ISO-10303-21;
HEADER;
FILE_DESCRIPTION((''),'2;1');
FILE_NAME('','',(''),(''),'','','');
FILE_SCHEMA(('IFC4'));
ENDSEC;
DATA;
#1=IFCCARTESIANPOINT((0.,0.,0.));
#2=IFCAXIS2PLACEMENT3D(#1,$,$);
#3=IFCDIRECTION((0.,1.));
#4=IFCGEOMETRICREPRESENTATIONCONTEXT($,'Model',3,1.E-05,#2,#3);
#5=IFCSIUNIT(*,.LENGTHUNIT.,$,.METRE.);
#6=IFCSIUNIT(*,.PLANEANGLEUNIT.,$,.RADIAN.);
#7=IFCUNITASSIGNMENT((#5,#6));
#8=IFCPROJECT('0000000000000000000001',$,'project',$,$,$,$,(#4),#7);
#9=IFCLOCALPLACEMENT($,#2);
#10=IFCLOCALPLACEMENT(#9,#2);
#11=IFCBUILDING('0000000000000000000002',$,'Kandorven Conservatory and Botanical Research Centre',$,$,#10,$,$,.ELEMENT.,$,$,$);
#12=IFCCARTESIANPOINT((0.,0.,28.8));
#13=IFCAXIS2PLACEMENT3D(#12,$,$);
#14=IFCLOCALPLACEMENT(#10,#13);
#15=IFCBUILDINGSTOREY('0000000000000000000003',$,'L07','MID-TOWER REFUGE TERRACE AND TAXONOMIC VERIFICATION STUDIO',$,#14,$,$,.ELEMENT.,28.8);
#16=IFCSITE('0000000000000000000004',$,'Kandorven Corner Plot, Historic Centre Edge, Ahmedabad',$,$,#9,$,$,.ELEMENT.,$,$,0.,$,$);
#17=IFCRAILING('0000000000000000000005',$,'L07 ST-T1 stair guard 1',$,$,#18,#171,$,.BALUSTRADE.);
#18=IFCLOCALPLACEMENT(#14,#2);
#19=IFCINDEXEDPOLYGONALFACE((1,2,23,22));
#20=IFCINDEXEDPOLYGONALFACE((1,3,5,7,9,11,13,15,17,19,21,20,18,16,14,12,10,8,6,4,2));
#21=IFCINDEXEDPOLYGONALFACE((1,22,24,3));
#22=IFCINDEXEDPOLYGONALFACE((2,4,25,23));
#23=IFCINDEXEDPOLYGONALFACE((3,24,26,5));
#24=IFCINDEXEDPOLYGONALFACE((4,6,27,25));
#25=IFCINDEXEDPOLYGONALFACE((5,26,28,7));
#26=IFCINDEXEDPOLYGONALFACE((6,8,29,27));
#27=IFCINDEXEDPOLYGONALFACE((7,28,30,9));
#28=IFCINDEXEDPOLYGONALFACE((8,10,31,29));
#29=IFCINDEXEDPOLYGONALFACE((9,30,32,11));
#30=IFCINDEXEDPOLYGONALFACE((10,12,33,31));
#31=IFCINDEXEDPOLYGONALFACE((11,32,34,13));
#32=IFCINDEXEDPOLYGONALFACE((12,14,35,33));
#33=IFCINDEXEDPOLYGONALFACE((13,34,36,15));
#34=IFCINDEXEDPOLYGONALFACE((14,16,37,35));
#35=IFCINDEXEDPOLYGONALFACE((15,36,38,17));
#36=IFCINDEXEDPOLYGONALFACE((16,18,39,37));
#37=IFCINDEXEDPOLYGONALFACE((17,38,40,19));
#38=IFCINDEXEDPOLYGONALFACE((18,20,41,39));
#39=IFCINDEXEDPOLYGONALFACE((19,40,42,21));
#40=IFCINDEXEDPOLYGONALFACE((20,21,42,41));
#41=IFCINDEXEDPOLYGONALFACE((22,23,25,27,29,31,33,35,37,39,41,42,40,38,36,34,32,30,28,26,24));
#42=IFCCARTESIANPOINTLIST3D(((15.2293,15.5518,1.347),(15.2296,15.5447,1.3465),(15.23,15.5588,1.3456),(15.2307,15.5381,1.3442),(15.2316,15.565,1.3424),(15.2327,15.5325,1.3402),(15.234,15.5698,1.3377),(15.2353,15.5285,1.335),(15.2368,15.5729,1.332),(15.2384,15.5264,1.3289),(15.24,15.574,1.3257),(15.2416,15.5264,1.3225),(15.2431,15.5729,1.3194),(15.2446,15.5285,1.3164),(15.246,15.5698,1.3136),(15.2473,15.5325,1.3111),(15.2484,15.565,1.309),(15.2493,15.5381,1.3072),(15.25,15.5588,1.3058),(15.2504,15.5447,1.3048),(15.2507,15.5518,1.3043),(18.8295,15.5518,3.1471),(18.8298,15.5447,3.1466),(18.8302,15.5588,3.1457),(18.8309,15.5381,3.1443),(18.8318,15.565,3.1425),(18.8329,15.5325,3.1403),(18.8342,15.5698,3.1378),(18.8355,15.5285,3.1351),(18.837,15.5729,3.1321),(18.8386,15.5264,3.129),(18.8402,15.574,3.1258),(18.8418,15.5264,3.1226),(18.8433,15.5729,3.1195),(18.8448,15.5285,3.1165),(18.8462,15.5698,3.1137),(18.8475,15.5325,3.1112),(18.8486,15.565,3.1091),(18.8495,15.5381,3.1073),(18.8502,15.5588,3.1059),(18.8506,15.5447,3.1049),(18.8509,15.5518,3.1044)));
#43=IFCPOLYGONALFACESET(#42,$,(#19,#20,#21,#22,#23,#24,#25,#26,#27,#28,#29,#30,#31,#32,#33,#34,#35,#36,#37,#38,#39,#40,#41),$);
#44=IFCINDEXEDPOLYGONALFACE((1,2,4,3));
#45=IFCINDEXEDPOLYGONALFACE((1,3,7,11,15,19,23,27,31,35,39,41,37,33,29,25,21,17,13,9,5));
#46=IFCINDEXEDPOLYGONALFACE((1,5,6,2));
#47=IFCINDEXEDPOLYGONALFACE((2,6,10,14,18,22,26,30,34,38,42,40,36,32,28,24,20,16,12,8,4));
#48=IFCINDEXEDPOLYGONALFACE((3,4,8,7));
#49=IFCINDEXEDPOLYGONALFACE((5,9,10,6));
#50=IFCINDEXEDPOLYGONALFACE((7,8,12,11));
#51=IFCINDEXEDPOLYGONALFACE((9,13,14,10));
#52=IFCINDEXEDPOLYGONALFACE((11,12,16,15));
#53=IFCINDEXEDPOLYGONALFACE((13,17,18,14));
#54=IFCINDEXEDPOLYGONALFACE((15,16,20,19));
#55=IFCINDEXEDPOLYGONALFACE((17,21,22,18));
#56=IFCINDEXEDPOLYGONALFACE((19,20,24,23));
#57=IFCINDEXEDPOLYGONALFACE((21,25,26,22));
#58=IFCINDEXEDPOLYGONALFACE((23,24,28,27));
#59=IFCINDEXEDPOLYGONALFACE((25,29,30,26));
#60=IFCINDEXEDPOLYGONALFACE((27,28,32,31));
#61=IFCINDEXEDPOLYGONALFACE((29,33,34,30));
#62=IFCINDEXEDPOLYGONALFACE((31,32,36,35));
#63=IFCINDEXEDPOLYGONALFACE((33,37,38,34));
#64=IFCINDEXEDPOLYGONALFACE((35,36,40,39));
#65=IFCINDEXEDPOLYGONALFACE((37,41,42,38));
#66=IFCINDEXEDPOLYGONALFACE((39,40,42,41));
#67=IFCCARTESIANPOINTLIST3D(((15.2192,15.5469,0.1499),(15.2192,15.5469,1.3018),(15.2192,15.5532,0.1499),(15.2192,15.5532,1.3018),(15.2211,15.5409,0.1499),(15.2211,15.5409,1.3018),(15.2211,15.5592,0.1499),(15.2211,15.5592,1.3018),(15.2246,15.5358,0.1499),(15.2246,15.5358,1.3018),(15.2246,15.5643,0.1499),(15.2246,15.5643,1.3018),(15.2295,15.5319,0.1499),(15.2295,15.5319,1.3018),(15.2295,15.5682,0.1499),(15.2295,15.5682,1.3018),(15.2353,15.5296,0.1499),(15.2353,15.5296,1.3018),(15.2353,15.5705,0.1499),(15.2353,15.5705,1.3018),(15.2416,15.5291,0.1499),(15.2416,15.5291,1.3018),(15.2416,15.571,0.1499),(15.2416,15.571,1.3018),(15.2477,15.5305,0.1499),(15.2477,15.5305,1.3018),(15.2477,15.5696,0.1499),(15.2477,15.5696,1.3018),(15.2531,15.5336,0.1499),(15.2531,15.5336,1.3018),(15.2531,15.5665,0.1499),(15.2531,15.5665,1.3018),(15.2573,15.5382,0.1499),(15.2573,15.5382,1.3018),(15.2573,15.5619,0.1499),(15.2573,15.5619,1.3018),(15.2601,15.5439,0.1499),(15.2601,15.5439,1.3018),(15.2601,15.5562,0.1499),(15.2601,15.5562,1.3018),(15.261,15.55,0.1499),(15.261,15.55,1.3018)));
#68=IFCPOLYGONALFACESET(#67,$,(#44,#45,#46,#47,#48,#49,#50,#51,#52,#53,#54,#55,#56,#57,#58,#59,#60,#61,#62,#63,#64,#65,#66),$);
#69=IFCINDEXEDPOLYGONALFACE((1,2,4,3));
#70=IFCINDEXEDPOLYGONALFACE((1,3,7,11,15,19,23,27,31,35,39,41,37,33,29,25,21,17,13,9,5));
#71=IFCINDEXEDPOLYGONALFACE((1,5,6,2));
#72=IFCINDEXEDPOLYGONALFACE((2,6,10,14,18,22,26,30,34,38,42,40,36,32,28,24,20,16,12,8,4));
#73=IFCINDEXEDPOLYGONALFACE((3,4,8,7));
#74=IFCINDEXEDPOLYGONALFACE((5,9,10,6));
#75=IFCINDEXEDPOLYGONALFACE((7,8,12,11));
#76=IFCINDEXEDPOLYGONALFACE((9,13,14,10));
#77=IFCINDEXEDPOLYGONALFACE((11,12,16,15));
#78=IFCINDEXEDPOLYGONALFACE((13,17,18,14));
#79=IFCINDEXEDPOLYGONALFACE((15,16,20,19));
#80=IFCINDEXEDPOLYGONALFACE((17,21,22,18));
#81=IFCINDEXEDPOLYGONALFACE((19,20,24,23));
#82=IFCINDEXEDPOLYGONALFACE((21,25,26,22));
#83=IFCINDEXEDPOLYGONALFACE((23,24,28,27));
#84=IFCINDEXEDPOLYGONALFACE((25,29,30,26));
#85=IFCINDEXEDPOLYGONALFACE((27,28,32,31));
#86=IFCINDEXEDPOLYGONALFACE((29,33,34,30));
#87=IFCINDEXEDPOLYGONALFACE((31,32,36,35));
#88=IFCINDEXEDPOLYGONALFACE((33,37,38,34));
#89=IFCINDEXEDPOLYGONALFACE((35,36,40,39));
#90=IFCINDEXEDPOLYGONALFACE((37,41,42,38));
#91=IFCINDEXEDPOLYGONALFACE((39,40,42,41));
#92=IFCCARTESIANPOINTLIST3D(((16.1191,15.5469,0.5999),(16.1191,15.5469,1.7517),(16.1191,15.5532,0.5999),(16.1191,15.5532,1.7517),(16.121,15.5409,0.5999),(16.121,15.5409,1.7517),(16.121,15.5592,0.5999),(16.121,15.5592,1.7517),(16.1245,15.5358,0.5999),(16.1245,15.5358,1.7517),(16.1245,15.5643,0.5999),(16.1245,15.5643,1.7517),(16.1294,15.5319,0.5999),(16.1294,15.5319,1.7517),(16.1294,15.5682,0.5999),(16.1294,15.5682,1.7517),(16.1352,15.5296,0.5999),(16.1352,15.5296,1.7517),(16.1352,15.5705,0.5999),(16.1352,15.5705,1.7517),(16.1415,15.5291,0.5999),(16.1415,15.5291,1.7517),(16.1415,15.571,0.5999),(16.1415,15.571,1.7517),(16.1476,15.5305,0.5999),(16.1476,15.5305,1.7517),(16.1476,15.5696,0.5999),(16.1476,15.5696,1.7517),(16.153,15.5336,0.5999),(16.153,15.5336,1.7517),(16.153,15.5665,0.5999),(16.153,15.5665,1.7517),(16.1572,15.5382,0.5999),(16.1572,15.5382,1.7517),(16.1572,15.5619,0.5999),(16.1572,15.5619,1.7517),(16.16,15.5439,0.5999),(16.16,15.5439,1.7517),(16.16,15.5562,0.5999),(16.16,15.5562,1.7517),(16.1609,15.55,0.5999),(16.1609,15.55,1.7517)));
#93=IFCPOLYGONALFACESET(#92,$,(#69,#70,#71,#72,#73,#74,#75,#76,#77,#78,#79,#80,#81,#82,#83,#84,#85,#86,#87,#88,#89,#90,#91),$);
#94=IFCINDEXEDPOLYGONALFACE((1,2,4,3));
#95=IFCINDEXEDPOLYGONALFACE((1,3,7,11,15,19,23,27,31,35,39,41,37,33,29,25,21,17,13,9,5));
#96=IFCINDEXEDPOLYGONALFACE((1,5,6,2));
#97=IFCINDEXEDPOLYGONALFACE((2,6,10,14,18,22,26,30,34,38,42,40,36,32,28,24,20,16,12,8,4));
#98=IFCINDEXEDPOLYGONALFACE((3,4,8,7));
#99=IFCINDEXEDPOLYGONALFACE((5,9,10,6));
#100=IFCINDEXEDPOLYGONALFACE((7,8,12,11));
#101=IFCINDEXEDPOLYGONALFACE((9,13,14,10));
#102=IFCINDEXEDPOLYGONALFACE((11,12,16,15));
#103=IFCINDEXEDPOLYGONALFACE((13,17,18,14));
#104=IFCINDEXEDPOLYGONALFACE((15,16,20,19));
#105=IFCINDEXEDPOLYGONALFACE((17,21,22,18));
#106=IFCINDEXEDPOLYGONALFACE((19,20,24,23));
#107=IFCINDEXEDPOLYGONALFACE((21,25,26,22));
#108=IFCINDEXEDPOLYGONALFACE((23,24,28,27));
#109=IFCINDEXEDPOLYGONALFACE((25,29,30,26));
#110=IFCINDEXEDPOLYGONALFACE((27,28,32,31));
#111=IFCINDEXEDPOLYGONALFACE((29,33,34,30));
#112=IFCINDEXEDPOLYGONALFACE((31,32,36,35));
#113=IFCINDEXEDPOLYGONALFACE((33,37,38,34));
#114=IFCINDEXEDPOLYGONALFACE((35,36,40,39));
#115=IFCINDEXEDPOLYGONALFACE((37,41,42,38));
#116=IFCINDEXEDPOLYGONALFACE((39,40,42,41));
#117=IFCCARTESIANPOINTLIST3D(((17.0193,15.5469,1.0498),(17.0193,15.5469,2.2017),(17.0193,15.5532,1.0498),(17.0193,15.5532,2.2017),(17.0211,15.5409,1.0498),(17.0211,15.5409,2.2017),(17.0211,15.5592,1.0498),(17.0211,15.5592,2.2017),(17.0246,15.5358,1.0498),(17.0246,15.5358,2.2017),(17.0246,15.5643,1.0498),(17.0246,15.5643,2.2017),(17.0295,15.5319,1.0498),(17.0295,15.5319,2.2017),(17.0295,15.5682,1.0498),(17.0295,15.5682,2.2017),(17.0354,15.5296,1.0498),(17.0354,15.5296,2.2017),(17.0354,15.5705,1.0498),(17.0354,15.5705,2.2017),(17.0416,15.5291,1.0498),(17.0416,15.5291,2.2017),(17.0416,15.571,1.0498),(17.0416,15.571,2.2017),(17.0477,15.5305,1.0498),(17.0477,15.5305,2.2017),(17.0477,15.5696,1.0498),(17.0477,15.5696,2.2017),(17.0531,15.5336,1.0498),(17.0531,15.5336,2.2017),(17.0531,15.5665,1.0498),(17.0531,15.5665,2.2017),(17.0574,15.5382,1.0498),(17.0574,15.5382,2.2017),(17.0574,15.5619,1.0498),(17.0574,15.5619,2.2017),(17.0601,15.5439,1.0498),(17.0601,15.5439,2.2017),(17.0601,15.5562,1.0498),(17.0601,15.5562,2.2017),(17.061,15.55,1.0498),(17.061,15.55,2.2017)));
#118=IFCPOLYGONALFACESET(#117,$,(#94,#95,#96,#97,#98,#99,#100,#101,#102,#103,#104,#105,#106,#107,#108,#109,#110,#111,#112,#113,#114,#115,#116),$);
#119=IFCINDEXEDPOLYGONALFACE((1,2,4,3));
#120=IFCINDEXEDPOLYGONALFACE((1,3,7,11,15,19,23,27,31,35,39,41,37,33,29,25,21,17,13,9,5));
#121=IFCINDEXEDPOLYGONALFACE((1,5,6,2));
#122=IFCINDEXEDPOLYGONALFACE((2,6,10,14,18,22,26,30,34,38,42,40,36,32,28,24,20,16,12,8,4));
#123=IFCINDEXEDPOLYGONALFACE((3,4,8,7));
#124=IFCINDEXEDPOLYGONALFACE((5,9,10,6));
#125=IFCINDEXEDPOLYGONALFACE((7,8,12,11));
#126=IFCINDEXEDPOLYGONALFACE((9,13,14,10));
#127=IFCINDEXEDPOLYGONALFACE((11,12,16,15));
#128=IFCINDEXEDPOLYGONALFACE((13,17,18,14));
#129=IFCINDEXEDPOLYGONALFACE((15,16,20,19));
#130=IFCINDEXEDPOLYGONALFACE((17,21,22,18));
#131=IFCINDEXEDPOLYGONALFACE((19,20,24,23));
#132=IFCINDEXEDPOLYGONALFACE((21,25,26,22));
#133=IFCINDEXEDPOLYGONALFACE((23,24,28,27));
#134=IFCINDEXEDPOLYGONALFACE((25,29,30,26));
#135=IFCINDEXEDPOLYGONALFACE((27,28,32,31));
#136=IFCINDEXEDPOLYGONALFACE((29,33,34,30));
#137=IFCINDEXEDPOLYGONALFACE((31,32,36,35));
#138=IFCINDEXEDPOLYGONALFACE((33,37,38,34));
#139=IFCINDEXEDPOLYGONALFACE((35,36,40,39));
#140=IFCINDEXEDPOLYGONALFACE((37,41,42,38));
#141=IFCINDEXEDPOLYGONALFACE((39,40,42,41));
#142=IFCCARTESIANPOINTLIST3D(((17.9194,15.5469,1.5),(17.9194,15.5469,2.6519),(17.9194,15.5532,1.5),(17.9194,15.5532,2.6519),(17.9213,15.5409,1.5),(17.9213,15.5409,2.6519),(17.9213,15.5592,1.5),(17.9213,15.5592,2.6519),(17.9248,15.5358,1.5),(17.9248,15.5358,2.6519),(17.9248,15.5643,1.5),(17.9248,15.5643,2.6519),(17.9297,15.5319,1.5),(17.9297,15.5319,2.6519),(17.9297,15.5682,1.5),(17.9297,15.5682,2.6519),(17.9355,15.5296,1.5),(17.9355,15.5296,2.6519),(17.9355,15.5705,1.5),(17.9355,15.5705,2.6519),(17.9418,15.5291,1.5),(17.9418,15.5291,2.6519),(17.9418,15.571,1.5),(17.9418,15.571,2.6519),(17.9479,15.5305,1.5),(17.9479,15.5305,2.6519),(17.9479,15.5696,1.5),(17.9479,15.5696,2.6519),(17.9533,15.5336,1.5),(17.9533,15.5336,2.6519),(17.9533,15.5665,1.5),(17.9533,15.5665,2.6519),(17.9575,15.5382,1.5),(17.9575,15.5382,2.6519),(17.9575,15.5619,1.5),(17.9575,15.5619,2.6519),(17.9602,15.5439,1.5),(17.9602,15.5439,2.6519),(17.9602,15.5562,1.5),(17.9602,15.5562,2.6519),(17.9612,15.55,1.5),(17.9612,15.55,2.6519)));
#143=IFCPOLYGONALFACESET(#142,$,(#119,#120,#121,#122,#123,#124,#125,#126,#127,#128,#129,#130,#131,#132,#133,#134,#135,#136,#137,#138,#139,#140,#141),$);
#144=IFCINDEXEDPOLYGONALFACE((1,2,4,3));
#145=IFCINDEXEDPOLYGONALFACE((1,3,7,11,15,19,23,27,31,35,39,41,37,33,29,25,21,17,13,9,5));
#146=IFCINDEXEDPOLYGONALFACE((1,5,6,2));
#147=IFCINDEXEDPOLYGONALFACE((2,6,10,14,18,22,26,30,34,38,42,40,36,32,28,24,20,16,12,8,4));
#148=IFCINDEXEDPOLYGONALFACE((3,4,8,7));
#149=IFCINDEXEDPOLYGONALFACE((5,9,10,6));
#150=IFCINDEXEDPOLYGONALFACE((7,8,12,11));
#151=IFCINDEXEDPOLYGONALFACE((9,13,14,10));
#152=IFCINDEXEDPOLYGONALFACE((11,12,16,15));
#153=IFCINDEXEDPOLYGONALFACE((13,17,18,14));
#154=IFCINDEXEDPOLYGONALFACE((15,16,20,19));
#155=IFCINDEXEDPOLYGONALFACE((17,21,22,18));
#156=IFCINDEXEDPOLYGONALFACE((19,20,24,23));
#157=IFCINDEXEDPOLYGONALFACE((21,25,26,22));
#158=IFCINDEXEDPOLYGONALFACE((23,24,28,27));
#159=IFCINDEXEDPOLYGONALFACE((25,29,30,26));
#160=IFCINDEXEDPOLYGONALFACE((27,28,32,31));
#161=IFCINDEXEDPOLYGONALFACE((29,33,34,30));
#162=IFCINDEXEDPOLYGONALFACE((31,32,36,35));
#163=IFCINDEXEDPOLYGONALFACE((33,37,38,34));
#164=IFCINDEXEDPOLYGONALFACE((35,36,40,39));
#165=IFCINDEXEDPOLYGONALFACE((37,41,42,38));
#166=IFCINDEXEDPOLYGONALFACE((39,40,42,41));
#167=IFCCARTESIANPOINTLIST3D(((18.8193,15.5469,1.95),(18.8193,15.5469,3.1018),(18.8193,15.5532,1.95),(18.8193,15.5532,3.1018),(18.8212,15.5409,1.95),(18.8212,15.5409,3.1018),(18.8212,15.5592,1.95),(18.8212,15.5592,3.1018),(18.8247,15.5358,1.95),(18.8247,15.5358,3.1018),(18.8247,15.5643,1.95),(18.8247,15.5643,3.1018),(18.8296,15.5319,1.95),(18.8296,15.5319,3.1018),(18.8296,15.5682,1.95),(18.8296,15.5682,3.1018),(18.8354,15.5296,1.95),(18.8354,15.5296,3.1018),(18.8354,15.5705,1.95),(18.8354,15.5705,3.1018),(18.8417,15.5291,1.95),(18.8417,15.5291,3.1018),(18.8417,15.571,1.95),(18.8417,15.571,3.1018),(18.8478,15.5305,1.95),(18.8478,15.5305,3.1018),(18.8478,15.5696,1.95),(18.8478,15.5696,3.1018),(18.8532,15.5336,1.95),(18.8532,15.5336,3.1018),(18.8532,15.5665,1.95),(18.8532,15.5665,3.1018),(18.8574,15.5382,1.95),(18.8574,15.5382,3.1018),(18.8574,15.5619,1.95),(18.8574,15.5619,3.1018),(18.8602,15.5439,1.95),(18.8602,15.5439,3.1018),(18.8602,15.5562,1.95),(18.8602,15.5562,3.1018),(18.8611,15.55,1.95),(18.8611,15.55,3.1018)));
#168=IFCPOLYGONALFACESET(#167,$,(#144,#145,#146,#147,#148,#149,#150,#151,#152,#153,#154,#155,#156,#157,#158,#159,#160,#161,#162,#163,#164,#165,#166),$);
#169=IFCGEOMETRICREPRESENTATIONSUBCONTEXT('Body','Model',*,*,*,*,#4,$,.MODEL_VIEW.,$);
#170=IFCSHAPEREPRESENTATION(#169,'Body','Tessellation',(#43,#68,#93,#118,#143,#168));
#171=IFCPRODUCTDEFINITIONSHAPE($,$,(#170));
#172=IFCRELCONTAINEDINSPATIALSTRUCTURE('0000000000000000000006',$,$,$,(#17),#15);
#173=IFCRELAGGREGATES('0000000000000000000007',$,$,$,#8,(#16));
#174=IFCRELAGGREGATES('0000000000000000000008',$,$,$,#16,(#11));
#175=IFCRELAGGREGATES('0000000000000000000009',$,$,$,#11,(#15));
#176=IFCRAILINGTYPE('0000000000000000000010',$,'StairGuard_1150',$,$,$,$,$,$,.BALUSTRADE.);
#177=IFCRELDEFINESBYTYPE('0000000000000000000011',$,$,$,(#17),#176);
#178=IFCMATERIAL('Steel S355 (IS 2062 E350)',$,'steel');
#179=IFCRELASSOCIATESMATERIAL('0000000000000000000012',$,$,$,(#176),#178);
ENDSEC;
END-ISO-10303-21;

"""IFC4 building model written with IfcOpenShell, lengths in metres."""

from ifc_helpers import new_model, si_unit, direction, frame, origin, origin_2d, place, context, subcontext, project, spatial, circle, extrude, material, type_object, element, save


model = new_model("IFC4")

# Units and contexts
model_context = context("Model", 3, precision=1e-05, world=origin(), true_north=direction((0.0, 1.0)))
body_context = subcontext(model_context, "Body", "Model", "MODEL_VIEW")
ifc_project = project(units=[si_unit("LENGTHUNIT", "METRE"), si_unit("PLANEANGLEUNIT", "RADIAN")], contexts=[model_context])

# Site, building, storey
site_placement = place(None, origin())
site = spatial("IfcSite", under=ifc_project, at=site_placement, Name="Kandorven Corner Plot, Historic Centre Edge, Ahmedabad", CompositionType="ELEMENT", RefElevation=0.0)
building_placement = place(site_placement, origin())
building = spatial("IfcBuilding", under=site, at=building_placement, Name="Kandorven Conservatory and Botanical Research Centre", CompositionType="ELEMENT")
storey_placement = place(building_placement, frame((0.0, 0.0, 28.8)))
storey = spatial("IfcBuildingStorey", under=building, at=storey_placement, Name="L07", Description="MID-TOWER REFUGE TERRACE AND TAXONOMIC VERIFICATION STUDIO", CompositionType="ELEMENT", Elevation=28.8)

# Railing
ifc_material_1 = material(Name="Steel S355 (IS 2062 E350)", Category="steel")
railing_type_1 = type_object("IfcRailingType", Name="StairGuard_1150", PredefinedType="BALUSTRADE", material=ifc_material_1)
railing_1_placement = place(storey_placement, frame((15.24, 15.55, 0.1499)))
element("IfcRailing", 1, at=railing_1_placement, inside=storey, type_object=railing_type_1, Name="L07 ST-T1 stair guard 1", PredefinedType="BALUSTRADE", context=body_context, shape_type="SweptSolid", body=[
    extrude(circle(Radius=0.0239, at=origin_2d()), frame((0.0, 0.0, 1.1758), z_axis=(0.894427, 0.0, 0.447214), x_axis=(0.0, 1.0, 0.0)), (0.0, 0.0, 1.0), 4.0251),
    extrude(circle(Radius=0.021, at=origin_2d()), origin(), (0.0, 0.0, 1.0), 1.1519),
    extrude(circle(Radius=0.021, at=origin_2d()), frame((0.8999, 0.0, 0.45)), (0.0, 0.0, 1.0), 1.1519),
    extrude(circle(Radius=0.021, at=origin_2d()), frame((1.8, 0.0, 0.8999)), (0.0, 0.0, 1.0), 1.1519),
    extrude(circle(Radius=0.021, at=origin_2d()), frame((2.7002, 0.0, 1.3501)), (0.0, 0.0, 1.0), 1.1519),
    extrude(circle(Radius=0.021, at=origin_2d()), frame((3.6001, 0.0, 1.8)), (0.0, 0.0, 1.0), 1.1519),
])

save(model, "model.ifc")
